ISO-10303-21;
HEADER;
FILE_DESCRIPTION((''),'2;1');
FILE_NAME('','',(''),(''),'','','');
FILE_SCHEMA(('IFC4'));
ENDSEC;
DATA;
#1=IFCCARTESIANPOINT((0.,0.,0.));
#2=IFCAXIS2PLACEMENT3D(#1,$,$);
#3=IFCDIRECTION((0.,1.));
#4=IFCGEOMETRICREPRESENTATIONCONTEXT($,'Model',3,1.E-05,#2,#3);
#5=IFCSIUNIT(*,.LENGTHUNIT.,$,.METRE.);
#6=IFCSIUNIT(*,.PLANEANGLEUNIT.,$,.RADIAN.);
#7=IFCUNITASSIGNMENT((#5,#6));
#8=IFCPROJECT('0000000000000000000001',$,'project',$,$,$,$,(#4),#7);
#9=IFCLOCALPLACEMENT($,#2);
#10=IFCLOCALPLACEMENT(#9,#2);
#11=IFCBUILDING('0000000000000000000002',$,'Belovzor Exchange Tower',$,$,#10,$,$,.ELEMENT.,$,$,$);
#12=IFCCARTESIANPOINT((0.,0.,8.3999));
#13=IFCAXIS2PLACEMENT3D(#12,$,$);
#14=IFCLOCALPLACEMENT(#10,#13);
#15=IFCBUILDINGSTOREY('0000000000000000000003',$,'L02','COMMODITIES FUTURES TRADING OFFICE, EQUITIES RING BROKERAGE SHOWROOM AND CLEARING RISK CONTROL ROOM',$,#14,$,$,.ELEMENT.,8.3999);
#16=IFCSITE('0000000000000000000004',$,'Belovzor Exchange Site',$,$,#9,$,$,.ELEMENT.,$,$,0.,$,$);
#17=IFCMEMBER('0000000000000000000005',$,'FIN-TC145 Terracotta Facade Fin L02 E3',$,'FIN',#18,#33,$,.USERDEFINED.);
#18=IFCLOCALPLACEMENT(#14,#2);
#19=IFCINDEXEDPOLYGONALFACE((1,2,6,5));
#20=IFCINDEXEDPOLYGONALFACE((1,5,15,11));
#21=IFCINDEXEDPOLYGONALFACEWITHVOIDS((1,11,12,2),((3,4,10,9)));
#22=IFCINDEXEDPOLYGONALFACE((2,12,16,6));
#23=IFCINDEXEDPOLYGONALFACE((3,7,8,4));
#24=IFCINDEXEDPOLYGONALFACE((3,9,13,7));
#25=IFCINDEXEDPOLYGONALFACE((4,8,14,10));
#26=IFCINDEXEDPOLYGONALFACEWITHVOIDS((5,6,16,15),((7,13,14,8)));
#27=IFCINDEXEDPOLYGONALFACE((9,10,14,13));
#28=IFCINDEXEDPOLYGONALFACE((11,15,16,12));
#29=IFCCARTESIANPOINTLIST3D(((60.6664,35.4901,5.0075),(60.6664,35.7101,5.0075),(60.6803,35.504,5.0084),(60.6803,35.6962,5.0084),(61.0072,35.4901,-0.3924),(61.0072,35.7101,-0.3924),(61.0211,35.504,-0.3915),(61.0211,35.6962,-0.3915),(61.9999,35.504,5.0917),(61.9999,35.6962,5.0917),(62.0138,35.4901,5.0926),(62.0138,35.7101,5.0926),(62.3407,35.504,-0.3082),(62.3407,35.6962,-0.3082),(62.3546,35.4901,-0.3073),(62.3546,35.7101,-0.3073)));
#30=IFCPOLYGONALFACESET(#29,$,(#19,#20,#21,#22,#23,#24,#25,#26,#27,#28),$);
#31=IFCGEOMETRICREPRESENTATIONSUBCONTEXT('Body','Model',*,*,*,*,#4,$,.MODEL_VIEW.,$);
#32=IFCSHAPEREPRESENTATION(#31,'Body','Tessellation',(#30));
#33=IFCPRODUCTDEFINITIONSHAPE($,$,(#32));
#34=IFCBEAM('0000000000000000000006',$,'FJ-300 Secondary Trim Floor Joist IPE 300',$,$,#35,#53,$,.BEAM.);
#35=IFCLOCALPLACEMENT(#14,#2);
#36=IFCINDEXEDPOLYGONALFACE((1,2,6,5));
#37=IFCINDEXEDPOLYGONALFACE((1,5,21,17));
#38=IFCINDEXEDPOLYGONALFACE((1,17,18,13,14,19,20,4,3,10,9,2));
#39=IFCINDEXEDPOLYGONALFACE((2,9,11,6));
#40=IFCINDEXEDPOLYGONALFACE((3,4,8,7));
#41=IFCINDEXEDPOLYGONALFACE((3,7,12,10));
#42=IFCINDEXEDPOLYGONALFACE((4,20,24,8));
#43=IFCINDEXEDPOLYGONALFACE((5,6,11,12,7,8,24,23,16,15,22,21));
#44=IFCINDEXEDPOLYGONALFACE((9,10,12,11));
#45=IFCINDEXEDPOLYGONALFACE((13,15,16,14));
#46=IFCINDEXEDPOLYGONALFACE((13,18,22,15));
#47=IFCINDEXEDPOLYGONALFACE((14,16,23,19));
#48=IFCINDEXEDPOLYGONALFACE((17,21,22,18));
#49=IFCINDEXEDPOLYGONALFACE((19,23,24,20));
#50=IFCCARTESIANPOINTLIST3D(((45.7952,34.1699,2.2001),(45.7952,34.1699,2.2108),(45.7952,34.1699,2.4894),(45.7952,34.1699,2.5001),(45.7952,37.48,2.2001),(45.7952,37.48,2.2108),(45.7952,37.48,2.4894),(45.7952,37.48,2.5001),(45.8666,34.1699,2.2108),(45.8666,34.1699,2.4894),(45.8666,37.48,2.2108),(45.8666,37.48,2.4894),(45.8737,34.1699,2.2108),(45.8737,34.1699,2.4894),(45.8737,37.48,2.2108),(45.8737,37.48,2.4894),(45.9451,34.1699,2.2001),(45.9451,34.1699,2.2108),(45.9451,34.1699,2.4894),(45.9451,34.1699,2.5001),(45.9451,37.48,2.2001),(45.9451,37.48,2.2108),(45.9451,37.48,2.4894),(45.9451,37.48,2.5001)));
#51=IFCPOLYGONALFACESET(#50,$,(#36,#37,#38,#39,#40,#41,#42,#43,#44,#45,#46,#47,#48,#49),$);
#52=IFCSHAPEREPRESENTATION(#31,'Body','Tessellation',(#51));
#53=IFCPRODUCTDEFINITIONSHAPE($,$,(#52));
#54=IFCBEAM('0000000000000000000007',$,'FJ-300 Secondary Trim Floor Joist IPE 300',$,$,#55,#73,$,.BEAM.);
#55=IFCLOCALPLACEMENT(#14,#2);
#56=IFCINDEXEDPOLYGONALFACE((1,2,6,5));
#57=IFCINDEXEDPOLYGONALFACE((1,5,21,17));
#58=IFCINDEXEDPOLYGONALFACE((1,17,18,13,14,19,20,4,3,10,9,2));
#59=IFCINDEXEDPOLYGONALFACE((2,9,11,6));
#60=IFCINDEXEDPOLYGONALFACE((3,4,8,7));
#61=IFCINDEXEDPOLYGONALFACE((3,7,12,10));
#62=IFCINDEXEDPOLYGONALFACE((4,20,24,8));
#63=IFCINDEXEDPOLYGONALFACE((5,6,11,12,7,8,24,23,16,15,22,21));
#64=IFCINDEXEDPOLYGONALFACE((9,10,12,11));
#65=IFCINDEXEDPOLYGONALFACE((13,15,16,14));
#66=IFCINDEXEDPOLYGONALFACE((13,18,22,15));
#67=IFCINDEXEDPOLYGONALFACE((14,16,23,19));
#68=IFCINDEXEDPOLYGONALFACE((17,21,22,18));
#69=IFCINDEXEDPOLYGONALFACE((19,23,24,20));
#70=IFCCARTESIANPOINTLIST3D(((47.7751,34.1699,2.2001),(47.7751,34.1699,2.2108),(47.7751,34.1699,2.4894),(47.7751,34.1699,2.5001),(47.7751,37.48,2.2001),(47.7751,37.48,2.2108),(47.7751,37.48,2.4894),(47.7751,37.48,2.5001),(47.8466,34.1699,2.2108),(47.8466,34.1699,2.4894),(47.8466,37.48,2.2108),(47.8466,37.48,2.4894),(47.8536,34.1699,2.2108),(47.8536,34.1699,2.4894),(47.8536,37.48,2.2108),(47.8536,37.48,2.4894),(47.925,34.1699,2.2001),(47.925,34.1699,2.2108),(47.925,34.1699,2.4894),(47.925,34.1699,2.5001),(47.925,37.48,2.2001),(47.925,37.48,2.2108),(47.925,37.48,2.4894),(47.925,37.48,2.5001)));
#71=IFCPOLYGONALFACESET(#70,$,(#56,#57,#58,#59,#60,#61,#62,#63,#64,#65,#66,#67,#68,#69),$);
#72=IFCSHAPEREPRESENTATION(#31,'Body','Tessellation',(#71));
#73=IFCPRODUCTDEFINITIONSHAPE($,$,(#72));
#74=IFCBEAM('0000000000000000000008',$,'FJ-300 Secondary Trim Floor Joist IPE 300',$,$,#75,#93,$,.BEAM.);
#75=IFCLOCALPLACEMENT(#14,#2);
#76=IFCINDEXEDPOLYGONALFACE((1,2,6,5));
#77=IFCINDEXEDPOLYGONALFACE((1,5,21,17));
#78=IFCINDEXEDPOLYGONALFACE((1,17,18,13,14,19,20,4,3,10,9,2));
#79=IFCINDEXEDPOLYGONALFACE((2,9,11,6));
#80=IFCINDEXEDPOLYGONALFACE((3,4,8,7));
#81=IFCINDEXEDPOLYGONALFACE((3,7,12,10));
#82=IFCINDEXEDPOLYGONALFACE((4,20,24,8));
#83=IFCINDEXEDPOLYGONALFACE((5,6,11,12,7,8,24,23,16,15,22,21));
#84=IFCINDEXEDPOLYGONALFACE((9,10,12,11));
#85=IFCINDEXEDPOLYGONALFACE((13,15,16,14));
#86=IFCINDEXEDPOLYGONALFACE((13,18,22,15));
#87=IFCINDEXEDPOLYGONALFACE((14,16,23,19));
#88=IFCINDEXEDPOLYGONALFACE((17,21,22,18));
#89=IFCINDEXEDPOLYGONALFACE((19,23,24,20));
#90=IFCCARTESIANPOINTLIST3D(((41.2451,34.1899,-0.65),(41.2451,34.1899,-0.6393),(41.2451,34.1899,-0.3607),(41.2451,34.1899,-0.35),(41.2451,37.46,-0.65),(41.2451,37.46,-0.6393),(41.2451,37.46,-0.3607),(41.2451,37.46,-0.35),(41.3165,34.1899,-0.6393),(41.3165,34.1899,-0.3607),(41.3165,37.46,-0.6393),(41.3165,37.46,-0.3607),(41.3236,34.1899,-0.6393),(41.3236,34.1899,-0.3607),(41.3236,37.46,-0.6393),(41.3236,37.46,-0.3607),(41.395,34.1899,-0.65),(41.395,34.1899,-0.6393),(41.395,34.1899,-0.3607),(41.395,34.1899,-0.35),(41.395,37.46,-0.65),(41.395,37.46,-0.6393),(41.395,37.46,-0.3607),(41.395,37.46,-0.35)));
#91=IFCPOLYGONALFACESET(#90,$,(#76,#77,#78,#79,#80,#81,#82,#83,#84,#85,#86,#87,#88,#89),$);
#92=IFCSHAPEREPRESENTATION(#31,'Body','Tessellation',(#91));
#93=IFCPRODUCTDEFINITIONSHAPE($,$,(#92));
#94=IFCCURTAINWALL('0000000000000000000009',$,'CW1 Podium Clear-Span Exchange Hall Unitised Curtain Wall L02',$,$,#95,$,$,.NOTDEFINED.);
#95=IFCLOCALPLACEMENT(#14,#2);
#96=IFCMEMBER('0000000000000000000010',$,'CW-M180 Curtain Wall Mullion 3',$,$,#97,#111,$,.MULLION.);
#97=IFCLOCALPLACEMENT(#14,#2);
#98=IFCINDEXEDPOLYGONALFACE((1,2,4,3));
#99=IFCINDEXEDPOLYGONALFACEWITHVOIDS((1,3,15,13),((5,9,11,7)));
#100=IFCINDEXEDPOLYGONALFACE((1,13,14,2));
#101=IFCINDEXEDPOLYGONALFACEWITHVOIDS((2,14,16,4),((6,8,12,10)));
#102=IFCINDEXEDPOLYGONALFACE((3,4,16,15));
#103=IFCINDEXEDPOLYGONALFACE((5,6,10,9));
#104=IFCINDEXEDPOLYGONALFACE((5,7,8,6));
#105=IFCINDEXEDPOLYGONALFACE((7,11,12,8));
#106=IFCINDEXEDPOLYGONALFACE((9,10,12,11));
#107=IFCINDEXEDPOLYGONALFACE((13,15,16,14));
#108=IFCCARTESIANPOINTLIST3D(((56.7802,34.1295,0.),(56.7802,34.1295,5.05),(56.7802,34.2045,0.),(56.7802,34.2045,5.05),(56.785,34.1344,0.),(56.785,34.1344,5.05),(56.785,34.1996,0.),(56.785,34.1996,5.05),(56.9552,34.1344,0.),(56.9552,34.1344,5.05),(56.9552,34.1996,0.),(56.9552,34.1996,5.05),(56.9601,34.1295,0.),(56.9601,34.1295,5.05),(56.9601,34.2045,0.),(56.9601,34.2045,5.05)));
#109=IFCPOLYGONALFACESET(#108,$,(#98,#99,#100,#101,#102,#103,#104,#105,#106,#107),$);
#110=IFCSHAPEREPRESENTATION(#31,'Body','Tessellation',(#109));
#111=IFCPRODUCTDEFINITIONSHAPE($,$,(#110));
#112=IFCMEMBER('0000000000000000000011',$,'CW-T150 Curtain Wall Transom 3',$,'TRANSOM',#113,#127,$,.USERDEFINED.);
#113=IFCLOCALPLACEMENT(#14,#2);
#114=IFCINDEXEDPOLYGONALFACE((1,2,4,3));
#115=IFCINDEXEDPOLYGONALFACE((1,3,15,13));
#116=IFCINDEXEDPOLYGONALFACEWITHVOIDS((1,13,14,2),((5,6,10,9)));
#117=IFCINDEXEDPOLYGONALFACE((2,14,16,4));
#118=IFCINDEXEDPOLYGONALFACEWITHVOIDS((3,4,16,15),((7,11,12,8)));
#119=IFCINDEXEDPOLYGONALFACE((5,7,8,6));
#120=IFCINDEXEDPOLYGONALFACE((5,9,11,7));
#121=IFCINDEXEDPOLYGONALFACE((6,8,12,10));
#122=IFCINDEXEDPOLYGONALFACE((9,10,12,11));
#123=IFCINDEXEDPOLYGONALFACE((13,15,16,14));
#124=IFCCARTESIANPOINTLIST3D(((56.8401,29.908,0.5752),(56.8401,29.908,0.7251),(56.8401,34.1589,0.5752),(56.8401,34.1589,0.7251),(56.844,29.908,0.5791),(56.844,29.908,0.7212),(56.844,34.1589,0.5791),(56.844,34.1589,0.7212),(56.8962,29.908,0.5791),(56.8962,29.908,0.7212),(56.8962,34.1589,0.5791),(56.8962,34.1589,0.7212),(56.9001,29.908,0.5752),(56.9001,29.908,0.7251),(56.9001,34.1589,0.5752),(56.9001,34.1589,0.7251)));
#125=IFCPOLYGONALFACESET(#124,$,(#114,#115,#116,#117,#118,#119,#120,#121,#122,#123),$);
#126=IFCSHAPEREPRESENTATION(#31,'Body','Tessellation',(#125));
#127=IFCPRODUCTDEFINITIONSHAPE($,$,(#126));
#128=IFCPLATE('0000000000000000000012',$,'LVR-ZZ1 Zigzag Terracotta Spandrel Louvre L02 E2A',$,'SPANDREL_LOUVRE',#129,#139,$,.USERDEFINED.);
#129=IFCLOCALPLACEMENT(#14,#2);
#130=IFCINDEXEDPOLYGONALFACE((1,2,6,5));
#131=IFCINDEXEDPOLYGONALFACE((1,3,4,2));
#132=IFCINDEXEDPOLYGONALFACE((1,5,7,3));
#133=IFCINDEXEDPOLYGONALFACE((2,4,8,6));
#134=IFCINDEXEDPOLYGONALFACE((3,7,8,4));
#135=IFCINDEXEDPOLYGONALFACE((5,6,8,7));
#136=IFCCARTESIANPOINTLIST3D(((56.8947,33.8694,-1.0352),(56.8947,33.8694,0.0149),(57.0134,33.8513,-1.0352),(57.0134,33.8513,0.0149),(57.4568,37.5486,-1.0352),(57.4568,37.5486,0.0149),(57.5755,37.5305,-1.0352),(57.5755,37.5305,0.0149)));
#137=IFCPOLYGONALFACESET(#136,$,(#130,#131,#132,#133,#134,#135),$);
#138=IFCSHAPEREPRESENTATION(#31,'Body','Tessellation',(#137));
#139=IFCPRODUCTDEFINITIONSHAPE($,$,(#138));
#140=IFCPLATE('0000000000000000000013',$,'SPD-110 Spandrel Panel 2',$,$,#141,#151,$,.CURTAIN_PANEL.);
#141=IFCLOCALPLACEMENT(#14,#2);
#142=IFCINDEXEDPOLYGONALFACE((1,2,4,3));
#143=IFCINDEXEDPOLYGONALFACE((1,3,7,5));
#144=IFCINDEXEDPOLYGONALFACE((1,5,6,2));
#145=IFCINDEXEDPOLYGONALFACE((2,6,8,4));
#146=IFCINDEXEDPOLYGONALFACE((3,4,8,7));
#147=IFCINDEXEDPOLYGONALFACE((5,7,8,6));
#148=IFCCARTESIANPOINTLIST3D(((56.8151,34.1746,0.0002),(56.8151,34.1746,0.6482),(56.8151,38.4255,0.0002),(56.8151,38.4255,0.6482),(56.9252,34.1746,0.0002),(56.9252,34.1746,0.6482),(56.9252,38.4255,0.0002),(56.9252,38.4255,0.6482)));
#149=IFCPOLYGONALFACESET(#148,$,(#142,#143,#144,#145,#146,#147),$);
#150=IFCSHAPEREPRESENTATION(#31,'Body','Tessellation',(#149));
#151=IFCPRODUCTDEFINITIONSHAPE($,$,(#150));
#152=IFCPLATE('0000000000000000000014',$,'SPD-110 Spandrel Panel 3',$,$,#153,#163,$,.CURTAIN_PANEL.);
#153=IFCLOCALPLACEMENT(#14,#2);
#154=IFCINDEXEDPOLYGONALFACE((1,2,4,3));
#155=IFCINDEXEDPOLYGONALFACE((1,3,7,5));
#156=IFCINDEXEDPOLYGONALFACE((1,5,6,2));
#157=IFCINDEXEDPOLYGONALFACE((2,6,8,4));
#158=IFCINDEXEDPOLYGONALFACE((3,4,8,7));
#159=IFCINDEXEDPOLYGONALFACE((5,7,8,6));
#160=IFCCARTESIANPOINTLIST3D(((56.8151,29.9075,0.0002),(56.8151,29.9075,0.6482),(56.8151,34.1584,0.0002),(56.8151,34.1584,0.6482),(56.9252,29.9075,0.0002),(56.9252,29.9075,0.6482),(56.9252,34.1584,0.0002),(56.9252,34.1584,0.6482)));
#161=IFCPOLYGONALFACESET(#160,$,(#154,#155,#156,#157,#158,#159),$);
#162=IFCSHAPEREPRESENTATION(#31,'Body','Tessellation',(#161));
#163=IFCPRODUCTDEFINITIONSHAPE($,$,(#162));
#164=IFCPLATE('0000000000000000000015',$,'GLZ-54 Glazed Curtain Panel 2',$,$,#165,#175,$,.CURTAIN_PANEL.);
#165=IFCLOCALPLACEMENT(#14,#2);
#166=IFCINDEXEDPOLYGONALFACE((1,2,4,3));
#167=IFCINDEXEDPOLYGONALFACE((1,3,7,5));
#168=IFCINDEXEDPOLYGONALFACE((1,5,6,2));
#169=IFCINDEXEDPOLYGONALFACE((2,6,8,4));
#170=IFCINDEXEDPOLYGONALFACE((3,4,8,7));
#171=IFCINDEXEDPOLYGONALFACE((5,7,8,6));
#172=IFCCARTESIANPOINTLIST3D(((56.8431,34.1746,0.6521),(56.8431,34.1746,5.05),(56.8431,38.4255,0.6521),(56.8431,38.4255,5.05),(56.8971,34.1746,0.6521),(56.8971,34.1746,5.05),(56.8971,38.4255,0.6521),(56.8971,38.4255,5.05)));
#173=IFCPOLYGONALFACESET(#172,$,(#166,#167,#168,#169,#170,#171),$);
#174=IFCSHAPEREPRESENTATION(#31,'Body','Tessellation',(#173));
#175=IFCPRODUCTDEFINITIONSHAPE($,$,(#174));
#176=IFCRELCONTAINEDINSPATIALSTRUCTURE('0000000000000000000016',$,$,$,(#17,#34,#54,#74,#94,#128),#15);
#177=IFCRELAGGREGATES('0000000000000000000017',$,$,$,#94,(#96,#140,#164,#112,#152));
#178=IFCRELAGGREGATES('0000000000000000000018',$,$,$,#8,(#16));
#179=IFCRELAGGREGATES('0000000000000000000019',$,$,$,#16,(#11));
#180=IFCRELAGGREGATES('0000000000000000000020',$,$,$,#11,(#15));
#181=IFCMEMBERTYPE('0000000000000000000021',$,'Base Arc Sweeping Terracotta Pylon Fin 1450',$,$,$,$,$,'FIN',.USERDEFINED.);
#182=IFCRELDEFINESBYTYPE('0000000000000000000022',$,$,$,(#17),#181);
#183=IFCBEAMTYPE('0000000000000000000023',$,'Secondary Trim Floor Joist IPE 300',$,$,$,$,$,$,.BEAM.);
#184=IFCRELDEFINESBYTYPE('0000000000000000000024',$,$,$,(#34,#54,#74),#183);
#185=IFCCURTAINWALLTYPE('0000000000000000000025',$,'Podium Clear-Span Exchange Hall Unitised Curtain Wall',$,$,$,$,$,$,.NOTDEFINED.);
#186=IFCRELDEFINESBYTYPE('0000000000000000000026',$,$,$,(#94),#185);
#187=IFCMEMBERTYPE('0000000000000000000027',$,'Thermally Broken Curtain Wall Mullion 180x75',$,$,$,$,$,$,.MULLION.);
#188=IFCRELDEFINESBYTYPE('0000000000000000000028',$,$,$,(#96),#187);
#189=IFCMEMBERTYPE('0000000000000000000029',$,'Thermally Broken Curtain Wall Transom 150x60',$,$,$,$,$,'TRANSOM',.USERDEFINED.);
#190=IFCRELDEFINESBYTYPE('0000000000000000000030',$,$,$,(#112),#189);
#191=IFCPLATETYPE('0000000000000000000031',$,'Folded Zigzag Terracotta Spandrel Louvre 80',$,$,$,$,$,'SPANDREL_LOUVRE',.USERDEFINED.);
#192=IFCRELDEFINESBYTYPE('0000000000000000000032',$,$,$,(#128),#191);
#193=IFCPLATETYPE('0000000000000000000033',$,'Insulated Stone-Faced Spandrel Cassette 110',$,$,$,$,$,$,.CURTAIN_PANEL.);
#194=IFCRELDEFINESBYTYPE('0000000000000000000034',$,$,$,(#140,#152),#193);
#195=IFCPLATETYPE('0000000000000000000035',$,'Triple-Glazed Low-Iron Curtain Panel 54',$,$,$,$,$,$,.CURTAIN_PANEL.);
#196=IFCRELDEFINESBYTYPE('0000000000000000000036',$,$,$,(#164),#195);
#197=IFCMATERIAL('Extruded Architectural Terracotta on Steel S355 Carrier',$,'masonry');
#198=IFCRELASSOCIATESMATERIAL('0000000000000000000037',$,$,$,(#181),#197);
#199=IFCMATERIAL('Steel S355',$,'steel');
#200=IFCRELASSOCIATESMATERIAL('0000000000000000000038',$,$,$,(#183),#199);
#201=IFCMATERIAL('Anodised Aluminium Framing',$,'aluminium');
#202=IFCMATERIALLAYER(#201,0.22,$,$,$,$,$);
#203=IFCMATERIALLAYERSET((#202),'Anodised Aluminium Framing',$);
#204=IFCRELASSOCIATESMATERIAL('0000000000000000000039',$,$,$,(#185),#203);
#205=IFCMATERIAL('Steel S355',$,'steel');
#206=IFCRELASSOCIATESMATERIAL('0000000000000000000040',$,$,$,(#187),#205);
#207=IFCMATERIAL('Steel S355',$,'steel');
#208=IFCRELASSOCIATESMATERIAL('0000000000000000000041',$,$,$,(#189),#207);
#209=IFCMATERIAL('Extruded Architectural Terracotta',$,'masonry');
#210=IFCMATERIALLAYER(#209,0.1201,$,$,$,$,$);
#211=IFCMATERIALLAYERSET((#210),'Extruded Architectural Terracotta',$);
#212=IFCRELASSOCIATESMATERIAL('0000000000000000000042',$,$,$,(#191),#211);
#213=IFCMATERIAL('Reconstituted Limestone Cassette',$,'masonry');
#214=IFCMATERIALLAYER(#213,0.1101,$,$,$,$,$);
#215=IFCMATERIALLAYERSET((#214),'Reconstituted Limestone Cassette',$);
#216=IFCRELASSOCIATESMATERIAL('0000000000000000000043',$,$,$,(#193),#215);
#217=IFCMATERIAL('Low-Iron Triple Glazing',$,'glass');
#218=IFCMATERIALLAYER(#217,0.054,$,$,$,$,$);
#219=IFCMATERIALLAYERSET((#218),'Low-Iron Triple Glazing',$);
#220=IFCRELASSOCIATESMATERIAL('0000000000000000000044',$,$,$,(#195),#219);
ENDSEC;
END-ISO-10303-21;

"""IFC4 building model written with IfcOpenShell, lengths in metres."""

from ifc_helpers import new_model, si_unit, direction, frame, origin, origin_2d, place, context, subcontext, project, spatial, rectangle, hollow_rectangle, i_section, extrude, material, layer, layer_set, material_profile, profile_set, type_object, element, aggregate, save


model = new_model("IFC4")

# Units and contexts
model_context = context("Model", 3, precision=1e-05, world=origin(), true_north=direction((0.0, 1.0)))
body_context = subcontext(model_context, "Body", "Model", "MODEL_VIEW")
ifc_project = project(units=[si_unit("LENGTHUNIT", "METRE"), si_unit("PLANEANGLEUNIT", "RADIAN")], contexts=[model_context])

# Site, building, storey
site_placement = place(None, origin())
site = spatial("IfcSite", under=ifc_project, at=site_placement, Name="Belovzor Exchange Site", CompositionType="ELEMENT", RefElevation=0.0)
building_placement = place(site_placement, origin())
building = spatial("IfcBuilding", under=site, at=building_placement, Name="Belovzor Exchange Tower", CompositionType="ELEMENT")
storey_placement = place(building_placement, frame((0.0, 0.0, 8.3999)))
storey = spatial("IfcBuildingStorey", under=building, at=storey_placement, Name="L02", Description="COMMODITIES FUTURES TRADING OFFICE, EQUITIES RING BROKERAGE SHOWROOM AND CLEARING RISK CONTROL ROOM", CompositionType="ELEMENT", Elevation=8.3999)

# Member
ifc_material_1 = material(Name="Extruded Architectural Terracotta on Steel S355 Carrier", Category="masonry")
ifc_material_profile_1 = material_profile(ifc_material_1, hollow_rectangle(XDim=0.22, YDim=1.3501, WallThickness=0.0139, at=origin_2d()))
ifc_profile_set_1 = profile_set([ifc_material_profile_1], Name="Extruded Architectural Terracotta on Steel S355 Carrier")
member_type_1 = type_object("IfcMemberType", Name="Base Arc Sweeping Terracotta Pylon Fin 1450", ElementType="FIN", PredefinedType="USERDEFINED", material=ifc_profile_set_1)
member_1_placement = place(storey_placement, frame((61.6809, 35.6001, -0.3499), z_axis=(-0.062991, 0.0, 0.998014), x_axis=(0.0, -1.0, 0.0)))
element("IfcMember", 1, at=member_1_placement, inside=storey, type_object=member_type_1, Name="FIN-TC145 Terracotta Facade Fin L02 E3", ObjectType="FIN", PredefinedType="USERDEFINED", context=body_context, shape_type="SweptSolid", body=[
    extrude(hollow_rectangle(XDim=0.22, YDim=1.3501, WallThickness=0.0139, at=origin_2d()), origin(), (0.0, 0.0, 1.0), 5.4106),
])

# Beams
ifc_material_2 = material(Name="Steel S355", Category="steel")
ifc_material_profile_2 = material_profile(ifc_material_2, i_section(OverallWidth=0.1499, OverallDepth=0.3, WebThickness=0.0071, FlangeThickness=0.0107, at=origin_2d()))
ifc_profile_set_2 = profile_set([ifc_material_profile_2], Name="Steel S355")
beam_type = type_object("IfcBeamType", Name="Secondary Trim Floor Joist IPE 300", PredefinedType="BEAM", material=ifc_profile_set_2)
for number, where, z_axis, x_axis, name in (
    (2, (45.8701, 34.1699, 2.3501), (0.0, 1.0, 0.0), (-1.0, 0.0, 0.0), "FJ-300 Secondary Trim Floor Joist IPE 300"),
    (3, (47.8501, 34.1699, 2.3501), (0.0, 1.0, 0.0), (-1.0, 0.0, 0.0), "FJ-300 Secondary Trim Floor Joist IPE 300"),
):
    element("IfcBeam", number, at=place(storey_placement, frame(where, z_axis=z_axis, x_axis=x_axis)), inside=storey, type_object=beam_type, Name=name, PredefinedType="BEAM", context=body_context, shape_type="SweptSolid", body=[
        extrude(i_section(OverallWidth=0.1499, OverallDepth=0.3, WebThickness=0.0071, FlangeThickness=0.0107, at=origin_2d()), origin(), (0.0, 0.0, 1.0), 3.3101),
    ])
beam_placement = place(storey_placement, frame((41.3201, 34.1899, -0.5), z_axis=(0.0, 1.0, 0.0), x_axis=(-1.0, 0.0, 0.0)))
element("IfcBeam", 4, at=beam_placement, inside=storey, type_object=beam_type, Name="FJ-300 Secondary Trim Floor Joist IPE 300", PredefinedType="BEAM", context=body_context, shape_type="SweptSolid", body=[
    extrude(i_section(OverallWidth=0.1499, OverallDepth=0.3, WebThickness=0.0071, FlangeThickness=0.0107, at=origin_2d()), origin(), (0.0, 0.0, 1.0), 3.27),
])

# Curtain wall, members
ifc_material_3 = material(Name="Anodised Aluminium Framing", Category="aluminium")
ifc_layer_1 = layer(ifc_material_3, 0.22)
ifc_layer_set_1 = layer_set([ifc_layer_1], Name="Anodised Aluminium Framing")
curtain_wall_type = type_object("IfcCurtainWallType", Name="Podium Clear-Span Exchange Hall Unitised Curtain Wall", PredefinedType="NOTDEFINED", material=ifc_layer_set_1)
curtain_wall_placement = place(storey_placement, origin())
curtain_wall = element("IfcCurtainWall", 5, at=curtain_wall_placement, inside=storey, type_object=curtain_wall_type, Name="CW1 Podium Clear-Span Exchange Hall Unitised Curtain Wall L02", PredefinedType="NOTDEFINED")
ifc_material_4 = material(Name="Steel S355", Category="steel")
ifc_material_profile_3 = material_profile(ifc_material_4, hollow_rectangle(XDim=0.075, YDim=0.1799, WallThickness=0.0049, at=origin_2d()))
ifc_profile_set_3 = profile_set([ifc_material_profile_3], Name="Steel S355")
member_type_2 = type_object("IfcMemberType", Name="Thermally Broken Curtain Wall Mullion 180x75", PredefinedType="MULLION", material=ifc_profile_set_3)
member_2_placement = place(storey_placement, frame((56.8701, 34.167, 0.0), z_axis=(0.0, 0.0, 1.0), x_axis=(0.0, -1.0, 0.0)))
member_2 = element("IfcMember", 6, at=member_2_placement, type_object=member_type_2, Name="CW-M180 Curtain Wall Mullion 3", PredefinedType="MULLION", context=body_context, shape_type="SweptSolid", body=[
    extrude(hollow_rectangle(XDim=0.075, YDim=0.1799, WallThickness=0.0049, at=origin_2d()), origin(), (0.0, 0.0, 1.0), 5.05),
])
ifc_material_5 = material(Name="Steel S355", Category="steel")
ifc_material_profile_4 = material_profile(ifc_material_5, hollow_rectangle(XDim=0.0601, YDim=0.1499, WallThickness=0.0039, at=origin_2d()))
ifc_profile_set_4 = profile_set([ifc_material_profile_4], Name="Steel S355")
member_type_3 = type_object("IfcMemberType", Name="Thermally Broken Curtain Wall Transom 150x60", ElementType="TRANSOM", PredefinedType="USERDEFINED", material=ifc_profile_set_4)
member_3_placement = place(storey_placement, frame((56.8701, 34.1589, 0.6501), z_axis=(0.0, -1.0, 0.0), x_axis=(1.0, 0.0, 0.0)))
member_3 = element("IfcMember", 7, at=member_3_placement, type_object=member_type_3, Name="CW-T150 Curtain Wall Transom 3", ObjectType="TRANSOM", PredefinedType="USERDEFINED", context=body_context, shape_type="SweptSolid", body=[
    extrude(hollow_rectangle(XDim=0.0601, YDim=0.1499, WallThickness=0.0039, at=origin_2d()), origin(), (0.0, 0.0, 1.0), 4.251),
])

# Plates
ifc_material_6 = material(Name="Extruded Architectural Terracotta", Category="masonry")
ifc_layer_2 = layer(ifc_material_6, 0.1201)
ifc_layer_set_2 = layer_set([ifc_layer_2], Name="Extruded Architectural Terracotta")
plate_type_1 = type_object("IfcPlateType", Name="Folded Zigzag Terracotta Spandrel Louvre 80", ElementType="SPANDREL_LOUVRE", PredefinedType="USERDEFINED", material=ifc_layer_set_2)
plate_1_placement = place(storey_placement, frame((57.2351, 35.7, -1.0352), z_axis=(0.0, 0.0, 1.0), x_axis=(0.151019, 0.988531, 0.0)))
element("IfcPlate", 8, at=plate_1_placement, inside=storey, type_object=plate_type_1, Name="LVR-ZZ1 Zigzag Terracotta Spandrel Louvre L02 E2A", ObjectType="SPANDREL_LOUVRE", PredefinedType="USERDEFINED", context=body_context, shape_type="SweptSolid", body=[
    extrude(rectangle(XDim=3.7219, YDim=0.1201, at=origin_2d()), origin(), (0.0, 0.0, 1.0), 1.05),
])
ifc_material_7 = material(Name="Reconstituted Limestone Cassette", Category="masonry")
ifc_layer_3 = layer(ifc_material_7, 0.1101)
ifc_layer_set_3 = layer_set([ifc_layer_3], Name="Reconstituted Limestone Cassette")
plate_type_2 = type_object("IfcPlateType", Name="Insulated Stone-Faced Spandrel Cassette 110", PredefinedType="CURTAIN_PANEL", material=ifc_layer_set_3)
plate_2_placement = place(storey_placement, frame((56.8701, 36.3, 0.0002), z_axis=(0.0, 0.0, 1.0), x_axis=(0.0, -1.0, 0.0)))
plate_2 = element("IfcPlate", 9, at=plate_2_placement, type_object=plate_type_2, Name="SPD-110 Spandrel Panel 2", PredefinedType="CURTAIN_PANEL", context=body_context, shape_type="SweptSolid", body=[
    extrude(rectangle(XDim=4.251, YDim=0.1101, at=origin_2d()), origin(), (0.0, 0.0, 1.0), 0.6479),
])
plate_3_placement = place(storey_placement, frame((56.8701, 32.033, 0.0002), z_axis=(0.0, 0.0, 1.0), x_axis=(0.0, -1.0, 0.0)))
plate_3 = element("IfcPlate", 10, at=plate_3_placement, type_object=plate_type_2, Name="SPD-110 Spandrel Panel 3", PredefinedType="CURTAIN_PANEL", context=body_context, shape_type="SweptSolid", body=[
    extrude(rectangle(XDim=4.251, YDim=0.1101, at=origin_2d()), origin(), (0.0, 0.0, 1.0), 0.6479),
])
ifc_material_8 = material(Name="Low-Iron Triple Glazing", Category="glass")
ifc_layer_4 = layer(ifc_material_8, 0.054)
ifc_layer_set_4 = layer_set([ifc_layer_4], Name="Low-Iron Triple Glazing")
plate_type_3 = type_object("IfcPlateType", Name="Triple-Glazed Low-Iron Curtain Panel 54", PredefinedType="CURTAIN_PANEL", material=ifc_layer_set_4)
plate_4_placement = place(storey_placement, frame((56.8701, 36.3, 0.6521), z_axis=(0.0, 0.0, 1.0), x_axis=(0.0, -1.0, 0.0)))
plate_4 = element("IfcPlate", 11, at=plate_4_placement, type_object=plate_type_3, Name="GLZ-54 Glazed Curtain Panel 2", PredefinedType="CURTAIN_PANEL", context=body_context, shape_type="SweptSolid", body=[
    extrude(rectangle(XDim=4.251, YDim=0.054, at=origin_2d()), origin(), (0.0, 0.0, 1.0), 4.3979),
])
aggregate(curtain_wall, [member_2, plate_2, plate_4, member_3, plate_3])

save(model, "model.ifc")
